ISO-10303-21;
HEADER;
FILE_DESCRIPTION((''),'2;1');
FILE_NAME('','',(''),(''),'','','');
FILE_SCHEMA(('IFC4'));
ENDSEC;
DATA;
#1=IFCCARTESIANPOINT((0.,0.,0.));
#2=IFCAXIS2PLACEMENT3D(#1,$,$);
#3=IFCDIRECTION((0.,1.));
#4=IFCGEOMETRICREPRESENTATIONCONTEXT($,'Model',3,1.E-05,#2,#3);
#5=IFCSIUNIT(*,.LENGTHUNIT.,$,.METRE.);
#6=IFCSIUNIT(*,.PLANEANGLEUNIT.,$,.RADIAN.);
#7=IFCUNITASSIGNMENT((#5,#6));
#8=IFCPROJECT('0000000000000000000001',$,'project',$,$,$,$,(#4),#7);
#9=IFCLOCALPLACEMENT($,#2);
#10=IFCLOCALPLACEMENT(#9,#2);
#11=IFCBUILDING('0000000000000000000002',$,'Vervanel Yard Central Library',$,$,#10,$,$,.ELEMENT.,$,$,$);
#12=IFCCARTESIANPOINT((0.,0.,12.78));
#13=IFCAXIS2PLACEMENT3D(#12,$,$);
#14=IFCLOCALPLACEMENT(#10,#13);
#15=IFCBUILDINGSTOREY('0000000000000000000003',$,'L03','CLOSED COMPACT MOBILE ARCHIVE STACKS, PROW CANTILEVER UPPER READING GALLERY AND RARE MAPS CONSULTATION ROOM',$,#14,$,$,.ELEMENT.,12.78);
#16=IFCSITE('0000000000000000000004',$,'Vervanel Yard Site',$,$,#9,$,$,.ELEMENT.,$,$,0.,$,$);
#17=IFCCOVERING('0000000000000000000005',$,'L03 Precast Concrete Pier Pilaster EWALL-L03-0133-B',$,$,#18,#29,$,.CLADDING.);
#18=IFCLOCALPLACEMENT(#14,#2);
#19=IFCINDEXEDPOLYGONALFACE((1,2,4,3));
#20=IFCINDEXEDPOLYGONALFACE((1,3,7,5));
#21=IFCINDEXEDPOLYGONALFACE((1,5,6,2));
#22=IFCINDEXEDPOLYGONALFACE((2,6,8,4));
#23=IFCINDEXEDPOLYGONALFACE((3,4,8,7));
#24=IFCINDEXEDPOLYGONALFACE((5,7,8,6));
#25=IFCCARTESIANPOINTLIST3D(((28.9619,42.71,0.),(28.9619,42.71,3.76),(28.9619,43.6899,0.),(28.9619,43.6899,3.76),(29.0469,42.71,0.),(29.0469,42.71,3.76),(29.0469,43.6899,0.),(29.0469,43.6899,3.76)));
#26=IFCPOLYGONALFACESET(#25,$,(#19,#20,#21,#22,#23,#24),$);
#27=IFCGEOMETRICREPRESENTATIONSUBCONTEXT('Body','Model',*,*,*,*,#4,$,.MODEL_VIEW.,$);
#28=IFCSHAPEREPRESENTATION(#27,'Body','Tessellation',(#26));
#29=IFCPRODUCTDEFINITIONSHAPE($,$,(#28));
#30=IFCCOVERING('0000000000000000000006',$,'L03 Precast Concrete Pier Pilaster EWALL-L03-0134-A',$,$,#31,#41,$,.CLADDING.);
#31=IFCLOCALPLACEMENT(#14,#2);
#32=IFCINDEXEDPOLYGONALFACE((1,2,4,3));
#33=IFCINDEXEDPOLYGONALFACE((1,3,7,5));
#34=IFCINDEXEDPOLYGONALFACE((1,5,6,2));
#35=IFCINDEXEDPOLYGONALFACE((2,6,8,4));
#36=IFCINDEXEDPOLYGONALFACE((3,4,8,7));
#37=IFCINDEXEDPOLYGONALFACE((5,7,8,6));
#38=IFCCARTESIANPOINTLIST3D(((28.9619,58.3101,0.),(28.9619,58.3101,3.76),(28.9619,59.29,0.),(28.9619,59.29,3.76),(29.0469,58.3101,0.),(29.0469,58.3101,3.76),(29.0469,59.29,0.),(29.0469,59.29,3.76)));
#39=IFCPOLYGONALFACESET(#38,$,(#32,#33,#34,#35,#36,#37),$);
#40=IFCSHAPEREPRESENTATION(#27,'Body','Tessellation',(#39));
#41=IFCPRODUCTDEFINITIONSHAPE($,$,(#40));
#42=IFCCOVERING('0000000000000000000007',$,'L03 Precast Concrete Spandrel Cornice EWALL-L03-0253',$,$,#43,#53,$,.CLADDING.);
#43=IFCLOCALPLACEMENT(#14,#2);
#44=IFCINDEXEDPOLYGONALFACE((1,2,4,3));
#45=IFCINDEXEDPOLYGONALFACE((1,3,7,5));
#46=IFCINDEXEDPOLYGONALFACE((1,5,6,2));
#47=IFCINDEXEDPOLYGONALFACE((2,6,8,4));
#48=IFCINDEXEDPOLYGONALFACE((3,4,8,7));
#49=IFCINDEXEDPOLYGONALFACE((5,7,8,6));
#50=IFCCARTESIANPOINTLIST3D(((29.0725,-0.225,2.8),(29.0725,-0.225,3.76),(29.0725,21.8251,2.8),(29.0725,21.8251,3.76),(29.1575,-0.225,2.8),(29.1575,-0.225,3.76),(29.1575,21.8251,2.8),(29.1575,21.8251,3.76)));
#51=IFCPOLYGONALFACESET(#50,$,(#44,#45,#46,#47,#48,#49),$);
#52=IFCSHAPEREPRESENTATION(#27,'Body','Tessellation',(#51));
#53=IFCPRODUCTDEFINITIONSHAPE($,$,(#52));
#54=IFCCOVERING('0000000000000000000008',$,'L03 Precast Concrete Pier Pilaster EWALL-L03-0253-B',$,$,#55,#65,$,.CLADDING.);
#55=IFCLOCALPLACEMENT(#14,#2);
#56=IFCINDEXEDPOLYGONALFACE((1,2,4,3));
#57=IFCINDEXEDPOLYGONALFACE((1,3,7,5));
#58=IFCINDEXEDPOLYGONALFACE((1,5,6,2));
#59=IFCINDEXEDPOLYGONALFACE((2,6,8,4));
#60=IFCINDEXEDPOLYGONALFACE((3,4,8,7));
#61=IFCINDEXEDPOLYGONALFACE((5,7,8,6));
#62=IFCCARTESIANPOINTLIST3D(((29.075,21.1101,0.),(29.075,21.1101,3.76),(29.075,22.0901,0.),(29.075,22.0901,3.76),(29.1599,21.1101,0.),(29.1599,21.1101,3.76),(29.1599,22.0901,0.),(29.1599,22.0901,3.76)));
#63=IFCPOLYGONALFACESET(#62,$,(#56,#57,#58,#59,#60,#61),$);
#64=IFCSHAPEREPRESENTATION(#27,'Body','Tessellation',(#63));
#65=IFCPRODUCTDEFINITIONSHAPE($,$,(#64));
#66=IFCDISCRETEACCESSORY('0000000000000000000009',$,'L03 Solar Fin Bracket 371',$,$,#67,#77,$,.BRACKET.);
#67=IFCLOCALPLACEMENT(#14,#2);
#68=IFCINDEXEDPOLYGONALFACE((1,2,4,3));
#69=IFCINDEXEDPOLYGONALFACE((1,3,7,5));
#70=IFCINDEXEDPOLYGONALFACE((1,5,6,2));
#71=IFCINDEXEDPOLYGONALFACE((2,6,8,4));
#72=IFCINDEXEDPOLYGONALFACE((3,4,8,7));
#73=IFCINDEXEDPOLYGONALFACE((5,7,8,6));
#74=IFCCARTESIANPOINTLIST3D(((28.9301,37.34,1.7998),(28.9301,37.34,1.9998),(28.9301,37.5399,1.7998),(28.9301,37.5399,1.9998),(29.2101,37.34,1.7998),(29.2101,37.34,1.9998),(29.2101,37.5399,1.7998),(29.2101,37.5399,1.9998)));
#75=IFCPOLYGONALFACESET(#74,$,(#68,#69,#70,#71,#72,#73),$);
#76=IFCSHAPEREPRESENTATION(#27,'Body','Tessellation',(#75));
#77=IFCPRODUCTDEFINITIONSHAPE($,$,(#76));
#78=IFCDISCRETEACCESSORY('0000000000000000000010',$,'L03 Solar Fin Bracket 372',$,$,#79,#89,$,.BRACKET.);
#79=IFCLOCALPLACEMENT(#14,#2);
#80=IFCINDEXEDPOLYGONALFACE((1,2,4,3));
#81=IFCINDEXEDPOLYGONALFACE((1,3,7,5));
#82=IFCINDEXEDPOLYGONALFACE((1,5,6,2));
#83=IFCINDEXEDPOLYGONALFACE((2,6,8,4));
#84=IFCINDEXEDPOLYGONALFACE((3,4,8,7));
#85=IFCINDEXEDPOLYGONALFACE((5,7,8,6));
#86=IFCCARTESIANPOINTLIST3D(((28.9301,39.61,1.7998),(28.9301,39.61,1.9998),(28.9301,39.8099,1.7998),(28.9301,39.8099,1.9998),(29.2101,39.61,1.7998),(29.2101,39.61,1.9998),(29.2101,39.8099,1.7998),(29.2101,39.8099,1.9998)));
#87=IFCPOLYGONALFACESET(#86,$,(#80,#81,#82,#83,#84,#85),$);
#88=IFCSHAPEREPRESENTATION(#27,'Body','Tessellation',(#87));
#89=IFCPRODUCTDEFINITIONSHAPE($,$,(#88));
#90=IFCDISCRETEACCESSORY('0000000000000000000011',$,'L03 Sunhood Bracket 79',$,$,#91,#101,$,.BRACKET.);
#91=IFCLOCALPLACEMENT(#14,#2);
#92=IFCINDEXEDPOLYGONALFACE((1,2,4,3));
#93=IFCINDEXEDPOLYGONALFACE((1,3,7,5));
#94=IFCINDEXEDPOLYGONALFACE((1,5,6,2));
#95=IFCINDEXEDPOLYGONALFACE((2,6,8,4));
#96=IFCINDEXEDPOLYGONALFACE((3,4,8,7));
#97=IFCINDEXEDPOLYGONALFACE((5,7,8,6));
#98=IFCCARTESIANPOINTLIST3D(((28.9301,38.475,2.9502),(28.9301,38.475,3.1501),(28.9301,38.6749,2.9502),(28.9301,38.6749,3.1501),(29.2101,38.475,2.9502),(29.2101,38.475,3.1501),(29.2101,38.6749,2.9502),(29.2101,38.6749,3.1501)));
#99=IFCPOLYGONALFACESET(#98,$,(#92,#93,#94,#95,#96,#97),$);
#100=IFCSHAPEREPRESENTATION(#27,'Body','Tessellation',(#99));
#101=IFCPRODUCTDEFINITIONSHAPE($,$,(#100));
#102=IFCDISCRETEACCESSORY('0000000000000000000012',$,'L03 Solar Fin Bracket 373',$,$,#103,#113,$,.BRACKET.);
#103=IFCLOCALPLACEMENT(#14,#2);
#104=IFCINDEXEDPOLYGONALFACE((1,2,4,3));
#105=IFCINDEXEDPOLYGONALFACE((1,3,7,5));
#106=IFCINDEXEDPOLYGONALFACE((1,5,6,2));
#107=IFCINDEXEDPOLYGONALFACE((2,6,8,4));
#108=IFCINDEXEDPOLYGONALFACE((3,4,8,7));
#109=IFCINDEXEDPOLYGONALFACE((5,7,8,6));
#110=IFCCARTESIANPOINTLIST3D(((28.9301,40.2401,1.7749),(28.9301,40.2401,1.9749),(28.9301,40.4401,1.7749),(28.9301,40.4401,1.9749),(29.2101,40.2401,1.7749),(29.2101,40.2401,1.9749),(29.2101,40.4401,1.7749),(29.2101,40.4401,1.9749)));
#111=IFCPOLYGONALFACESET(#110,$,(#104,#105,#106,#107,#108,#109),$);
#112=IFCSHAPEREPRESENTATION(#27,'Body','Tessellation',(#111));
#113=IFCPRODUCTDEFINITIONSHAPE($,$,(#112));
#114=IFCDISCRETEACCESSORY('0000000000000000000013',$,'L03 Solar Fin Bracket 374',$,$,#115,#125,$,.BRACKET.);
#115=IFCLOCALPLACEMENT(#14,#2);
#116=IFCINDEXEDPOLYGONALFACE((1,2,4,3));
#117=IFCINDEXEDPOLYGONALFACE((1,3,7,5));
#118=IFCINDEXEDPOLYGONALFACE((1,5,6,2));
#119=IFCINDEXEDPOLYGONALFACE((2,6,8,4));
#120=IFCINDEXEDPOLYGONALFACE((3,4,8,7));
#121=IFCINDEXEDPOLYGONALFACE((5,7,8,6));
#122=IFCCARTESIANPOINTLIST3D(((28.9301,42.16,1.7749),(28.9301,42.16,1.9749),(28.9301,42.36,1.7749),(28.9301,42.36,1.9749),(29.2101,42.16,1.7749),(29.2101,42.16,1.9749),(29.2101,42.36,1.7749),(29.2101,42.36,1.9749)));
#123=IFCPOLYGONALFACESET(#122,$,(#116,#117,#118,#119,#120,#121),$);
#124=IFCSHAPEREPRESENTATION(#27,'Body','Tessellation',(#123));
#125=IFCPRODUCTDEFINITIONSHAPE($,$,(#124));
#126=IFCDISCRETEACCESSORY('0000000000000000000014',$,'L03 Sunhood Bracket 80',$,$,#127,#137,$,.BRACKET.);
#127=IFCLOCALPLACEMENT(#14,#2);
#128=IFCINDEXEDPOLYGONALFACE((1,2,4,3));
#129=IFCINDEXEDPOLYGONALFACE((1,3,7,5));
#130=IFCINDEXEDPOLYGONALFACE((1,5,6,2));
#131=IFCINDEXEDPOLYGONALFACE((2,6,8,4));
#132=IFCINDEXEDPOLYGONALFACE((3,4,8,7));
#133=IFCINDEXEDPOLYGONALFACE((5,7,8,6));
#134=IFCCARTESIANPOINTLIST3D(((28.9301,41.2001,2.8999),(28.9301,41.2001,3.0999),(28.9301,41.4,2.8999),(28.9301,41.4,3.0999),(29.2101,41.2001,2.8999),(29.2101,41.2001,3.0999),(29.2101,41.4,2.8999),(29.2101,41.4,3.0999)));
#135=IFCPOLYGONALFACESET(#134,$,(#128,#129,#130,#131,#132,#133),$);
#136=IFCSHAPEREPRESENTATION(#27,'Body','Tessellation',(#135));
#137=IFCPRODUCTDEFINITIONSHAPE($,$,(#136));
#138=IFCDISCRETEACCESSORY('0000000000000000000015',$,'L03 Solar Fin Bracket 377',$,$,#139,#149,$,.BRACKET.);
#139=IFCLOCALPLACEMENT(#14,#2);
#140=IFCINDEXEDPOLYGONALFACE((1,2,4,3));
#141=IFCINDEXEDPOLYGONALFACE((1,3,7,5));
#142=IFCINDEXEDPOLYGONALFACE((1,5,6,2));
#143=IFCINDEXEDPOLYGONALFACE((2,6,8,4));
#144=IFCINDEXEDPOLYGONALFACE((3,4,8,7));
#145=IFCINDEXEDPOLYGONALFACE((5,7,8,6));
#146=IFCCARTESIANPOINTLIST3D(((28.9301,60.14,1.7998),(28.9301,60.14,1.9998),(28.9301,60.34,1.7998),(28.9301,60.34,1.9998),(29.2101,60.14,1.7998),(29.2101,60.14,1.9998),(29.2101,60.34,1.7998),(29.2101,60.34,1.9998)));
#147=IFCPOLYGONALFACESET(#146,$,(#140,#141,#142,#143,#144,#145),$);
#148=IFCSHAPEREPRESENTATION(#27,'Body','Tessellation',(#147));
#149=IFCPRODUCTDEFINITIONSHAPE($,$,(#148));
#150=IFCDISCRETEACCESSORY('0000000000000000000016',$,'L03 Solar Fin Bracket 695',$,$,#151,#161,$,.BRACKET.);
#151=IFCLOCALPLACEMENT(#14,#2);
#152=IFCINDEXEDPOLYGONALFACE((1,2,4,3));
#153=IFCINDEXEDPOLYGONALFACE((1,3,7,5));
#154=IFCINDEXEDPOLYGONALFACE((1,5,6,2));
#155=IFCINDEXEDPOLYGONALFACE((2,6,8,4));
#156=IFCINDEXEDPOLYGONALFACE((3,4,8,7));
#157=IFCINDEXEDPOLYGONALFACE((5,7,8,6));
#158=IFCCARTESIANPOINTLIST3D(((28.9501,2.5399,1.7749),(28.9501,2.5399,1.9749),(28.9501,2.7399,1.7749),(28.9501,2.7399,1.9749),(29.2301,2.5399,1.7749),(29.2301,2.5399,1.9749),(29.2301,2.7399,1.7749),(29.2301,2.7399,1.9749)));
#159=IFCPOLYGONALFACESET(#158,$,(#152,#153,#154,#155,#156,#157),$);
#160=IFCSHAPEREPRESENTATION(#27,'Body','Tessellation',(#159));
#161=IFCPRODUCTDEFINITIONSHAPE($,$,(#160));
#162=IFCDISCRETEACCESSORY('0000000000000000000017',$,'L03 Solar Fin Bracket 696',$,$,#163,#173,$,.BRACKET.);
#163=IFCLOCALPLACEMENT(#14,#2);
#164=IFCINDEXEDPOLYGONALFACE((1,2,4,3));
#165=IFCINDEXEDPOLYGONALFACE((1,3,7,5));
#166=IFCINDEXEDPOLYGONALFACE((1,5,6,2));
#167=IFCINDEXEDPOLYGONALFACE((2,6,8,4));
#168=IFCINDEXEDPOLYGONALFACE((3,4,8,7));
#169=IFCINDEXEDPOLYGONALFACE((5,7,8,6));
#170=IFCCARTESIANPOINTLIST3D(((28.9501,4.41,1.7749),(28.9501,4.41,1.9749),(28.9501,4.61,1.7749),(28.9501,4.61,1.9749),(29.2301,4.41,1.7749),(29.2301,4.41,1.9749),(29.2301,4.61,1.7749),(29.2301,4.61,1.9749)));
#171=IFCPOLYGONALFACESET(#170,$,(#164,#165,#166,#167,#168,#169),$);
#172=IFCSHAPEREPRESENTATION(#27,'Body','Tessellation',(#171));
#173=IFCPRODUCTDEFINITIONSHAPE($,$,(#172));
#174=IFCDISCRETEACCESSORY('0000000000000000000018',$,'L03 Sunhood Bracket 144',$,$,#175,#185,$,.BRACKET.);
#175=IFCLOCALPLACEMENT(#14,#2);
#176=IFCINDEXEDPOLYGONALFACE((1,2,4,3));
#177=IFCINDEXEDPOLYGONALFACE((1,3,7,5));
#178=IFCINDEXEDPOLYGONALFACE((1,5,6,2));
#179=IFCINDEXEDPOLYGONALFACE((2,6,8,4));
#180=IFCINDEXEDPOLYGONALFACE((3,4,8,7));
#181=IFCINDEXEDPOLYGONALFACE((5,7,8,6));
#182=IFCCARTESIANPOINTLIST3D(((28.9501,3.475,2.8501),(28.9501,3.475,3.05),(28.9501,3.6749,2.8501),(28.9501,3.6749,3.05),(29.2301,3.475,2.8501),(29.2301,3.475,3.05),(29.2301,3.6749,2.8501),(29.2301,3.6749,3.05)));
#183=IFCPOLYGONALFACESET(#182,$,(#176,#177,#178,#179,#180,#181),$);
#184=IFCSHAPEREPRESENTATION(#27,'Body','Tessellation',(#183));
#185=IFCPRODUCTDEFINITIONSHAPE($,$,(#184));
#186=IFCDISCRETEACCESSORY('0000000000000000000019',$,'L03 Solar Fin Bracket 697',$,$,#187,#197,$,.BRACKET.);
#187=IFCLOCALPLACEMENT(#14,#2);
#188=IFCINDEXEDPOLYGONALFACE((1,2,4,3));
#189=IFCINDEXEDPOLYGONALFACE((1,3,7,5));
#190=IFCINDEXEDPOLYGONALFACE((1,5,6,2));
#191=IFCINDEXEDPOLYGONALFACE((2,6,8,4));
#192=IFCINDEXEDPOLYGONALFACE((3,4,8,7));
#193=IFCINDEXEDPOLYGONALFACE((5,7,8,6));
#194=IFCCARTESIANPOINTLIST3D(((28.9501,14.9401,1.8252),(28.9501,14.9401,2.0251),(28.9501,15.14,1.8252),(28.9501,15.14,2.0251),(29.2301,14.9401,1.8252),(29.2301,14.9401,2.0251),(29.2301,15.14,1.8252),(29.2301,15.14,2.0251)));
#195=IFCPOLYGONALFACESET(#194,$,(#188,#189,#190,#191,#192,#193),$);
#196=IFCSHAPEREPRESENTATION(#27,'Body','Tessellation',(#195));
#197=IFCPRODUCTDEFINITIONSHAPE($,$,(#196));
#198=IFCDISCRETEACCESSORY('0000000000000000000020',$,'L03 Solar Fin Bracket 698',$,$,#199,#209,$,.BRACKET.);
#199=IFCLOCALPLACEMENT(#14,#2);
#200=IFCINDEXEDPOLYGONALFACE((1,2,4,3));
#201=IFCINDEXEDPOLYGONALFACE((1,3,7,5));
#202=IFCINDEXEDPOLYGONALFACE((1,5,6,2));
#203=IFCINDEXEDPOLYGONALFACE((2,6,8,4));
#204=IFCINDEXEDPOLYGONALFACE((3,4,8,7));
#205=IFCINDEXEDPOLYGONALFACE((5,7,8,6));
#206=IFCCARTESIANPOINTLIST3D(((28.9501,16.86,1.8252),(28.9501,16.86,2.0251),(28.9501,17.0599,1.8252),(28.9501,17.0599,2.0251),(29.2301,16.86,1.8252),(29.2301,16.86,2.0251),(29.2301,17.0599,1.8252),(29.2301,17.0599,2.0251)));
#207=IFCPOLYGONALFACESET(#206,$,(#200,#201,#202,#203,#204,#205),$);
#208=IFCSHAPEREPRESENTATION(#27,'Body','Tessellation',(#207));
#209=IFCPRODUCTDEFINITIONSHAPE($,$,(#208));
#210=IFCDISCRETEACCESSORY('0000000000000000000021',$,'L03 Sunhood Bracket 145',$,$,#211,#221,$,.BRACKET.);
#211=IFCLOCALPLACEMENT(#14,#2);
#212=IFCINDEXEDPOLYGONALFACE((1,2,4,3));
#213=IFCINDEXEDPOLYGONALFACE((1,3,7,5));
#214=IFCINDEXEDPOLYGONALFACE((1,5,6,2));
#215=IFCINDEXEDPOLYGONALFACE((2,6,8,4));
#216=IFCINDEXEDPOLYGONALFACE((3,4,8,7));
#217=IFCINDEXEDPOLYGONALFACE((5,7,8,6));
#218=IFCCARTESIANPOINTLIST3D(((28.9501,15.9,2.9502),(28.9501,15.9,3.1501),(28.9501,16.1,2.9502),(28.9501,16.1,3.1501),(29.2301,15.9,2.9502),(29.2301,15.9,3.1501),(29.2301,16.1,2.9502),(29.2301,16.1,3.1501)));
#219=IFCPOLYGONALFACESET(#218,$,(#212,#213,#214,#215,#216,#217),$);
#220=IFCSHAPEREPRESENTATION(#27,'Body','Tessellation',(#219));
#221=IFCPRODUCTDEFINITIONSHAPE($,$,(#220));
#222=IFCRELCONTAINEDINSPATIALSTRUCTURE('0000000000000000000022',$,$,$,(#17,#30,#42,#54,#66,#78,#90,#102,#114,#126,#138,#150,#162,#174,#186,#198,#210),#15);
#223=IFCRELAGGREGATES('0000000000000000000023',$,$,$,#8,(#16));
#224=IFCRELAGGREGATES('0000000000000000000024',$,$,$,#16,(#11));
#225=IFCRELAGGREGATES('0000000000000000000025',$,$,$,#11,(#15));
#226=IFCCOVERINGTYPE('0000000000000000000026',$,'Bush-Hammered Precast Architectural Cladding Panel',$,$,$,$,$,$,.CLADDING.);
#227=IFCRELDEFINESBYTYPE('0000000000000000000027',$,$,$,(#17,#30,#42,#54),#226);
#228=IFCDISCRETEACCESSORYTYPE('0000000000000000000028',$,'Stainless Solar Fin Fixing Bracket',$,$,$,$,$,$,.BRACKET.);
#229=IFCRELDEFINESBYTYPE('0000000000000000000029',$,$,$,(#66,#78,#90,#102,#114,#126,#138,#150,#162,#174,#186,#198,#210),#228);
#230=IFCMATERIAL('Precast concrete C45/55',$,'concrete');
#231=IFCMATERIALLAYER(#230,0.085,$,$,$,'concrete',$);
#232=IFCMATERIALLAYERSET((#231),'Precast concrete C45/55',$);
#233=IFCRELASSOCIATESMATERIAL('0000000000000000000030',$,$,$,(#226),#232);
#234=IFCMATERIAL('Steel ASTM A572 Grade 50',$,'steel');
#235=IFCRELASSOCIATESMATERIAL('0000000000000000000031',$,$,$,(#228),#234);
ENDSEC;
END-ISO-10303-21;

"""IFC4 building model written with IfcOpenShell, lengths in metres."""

from ifc_helpers import new_model, si_unit, direction, frame, origin, origin_2d, place, context, subcontext, project, spatial, rectangle, extrude, material, layer, layer_set, type_object, element, save


model = new_model("IFC4")

# Units and contexts
model_context = context("Model", 3, precision=1e-05, world=origin(), true_north=direction((0.0, 1.0)))
body_context = subcontext(model_context, "Body", "Model", "MODEL_VIEW")
ifc_project = project(units=[si_unit("LENGTHUNIT", "METRE"), si_unit("PLANEANGLEUNIT", "RADIAN")], contexts=[model_context])

# Site, building, storey
site_placement = place(None, origin())
site = spatial("IfcSite", under=ifc_project, at=site_placement, Name="Vervanel Yard Site", CompositionType="ELEMENT", RefElevation=0.0)
building_placement = place(site_placement, origin())
building = spatial("IfcBuilding", under=site, at=building_placement, Name="Vervanel Yard Central Library", CompositionType="ELEMENT")
storey_placement = place(building_placement, frame((0.0, 0.0, 12.78)))
storey = spatial("IfcBuildingStorey", under=building, at=storey_placement, Name="L03", Description="CLOSED COMPACT MOBILE ARCHIVE STACKS, PROW CANTILEVER UPPER READING GALLERY AND RARE MAPS CONSULTATION ROOM", CompositionType="ELEMENT", Elevation=12.78)

# Coverings
ifc_material_1 = material(Name="Precast concrete C45/55", Category="concrete")
ifc_layer_1 = layer(ifc_material_1, 0.085, Category="concrete")
ifc_layer_set_1 = layer_set([ifc_layer_1], Name="Precast concrete C45/55")
covering_type = type_object("IfcCoveringType", Name="Bush-Hammered Precast Architectural Cladding Panel", PredefinedType="CLADDING", material=ifc_layer_set_1)
for number, where, z_axis, x_axis, name in (
    (1, (29.0044, 43.2, 0.0), (0.0, 0.0, 1.0), (0.0, 1.0, 0.0), "L03 Precast Concrete Pier Pilaster EWALL-L03-0133-B"),
    (2, (29.0044, 58.8, 0.0), (0.0, 0.0, 1.0), (0.0, 1.0, 0.0), "L03 Precast Concrete Pier Pilaster EWALL-L03-0134-A"),
):
    element("IfcCovering", number, at=place(storey_placement, frame(where, z_axis=z_axis, x_axis=x_axis)), inside=storey, type_object=covering_type, Name=name, PredefinedType="CLADDING", context=body_context, shape_type="SweptSolid", body=[
        extrude(rectangle(XDim=0.98, YDim=0.085, at=origin_2d()), origin(), (0.0, 0.0, 1.0), 3.76),
    ])
covering_1_placement = place(storey_placement, frame((29.115, 10.8, 2.8), z_axis=(0.0, 0.0, 1.0), x_axis=(0.0, 1.0, 0.0)))
element("IfcCovering", 3, at=covering_1_placement, inside=storey, type_object=covering_type, Name="L03 Precast Concrete Spandrel Cornice EWALL-L03-0253", PredefinedType="CLADDING", context=body_context, shape_type="SweptSolid", body=[
    extrude(rectangle(XDim=22.05, YDim=0.085, at=origin_2d()), origin(), (0.0, 0.0, 1.0), 0.96),
])
covering_2_placement = place(storey_placement, frame((29.1174, 21.6001, 0.0), z_axis=(0.0, 0.0, 1.0), x_axis=(0.0, 1.0, 0.0)))
element("IfcCovering", 4, at=covering_2_placement, inside=storey, type_object=covering_type, Name="L03 Precast Concrete Pier Pilaster EWALL-L03-0253-B", PredefinedType="CLADDING", context=body_context, shape_type="SweptSolid", body=[
    extrude(rectangle(XDim=0.98, YDim=0.085, at=origin_2d()), origin(), (0.0, 0.0, 1.0), 3.76),
])

# Discrete accessories
ifc_material_2 = material(Name="Steel ASTM A572 Grade 50", Category="steel")
discrete_accessory_type = type_object("IfcDiscreteAccessoryType", Name="Stainless Solar Fin Fixing Bracket", PredefinedType="BRACKET", material=ifc_material_2)
for number, where, z_axis, x_axis, name in (
    (5, (29.0701, 37.4399, 1.7998), (0.0, 0.0, 1.0), (0.0, 1.0, 0.0), "L03 Solar Fin Bracket 371"),
    (6, (29.0701, 39.71, 1.7998), (0.0, 0.0, 1.0), (0.0, 1.0, 0.0), "L03 Solar Fin Bracket 372"),
    (7, (29.0701, 38.575, 2.9502), (0.0, 0.0, 1.0), (0.0, 1.0, 0.0), "L03 Sunhood Bracket 79"),
    (8, (29.0701, 40.3401, 1.7749), (0.0, 0.0, 1.0), (0.0, 1.0, 0.0), "L03 Solar Fin Bracket 373"),
    (9, (29.0701, 42.26, 1.7749), (0.0, 0.0, 1.0), (0.0, 1.0, 0.0), "L03 Solar Fin Bracket 374"),
    (10, (29.0701, 41.3, 2.8999), (0.0, 0.0, 1.0), (0.0, 1.0, 0.0), "L03 Sunhood Bracket 80"),
    (11, (29.0701, 60.24, 1.7998), (0.0, 0.0, 1.0), (0.0, 1.0, 0.0), "L03 Solar Fin Bracket 377"),
    (12, (29.0901, 2.6399, 1.7749), (0.0, 0.0, 1.0), (0.0, 1.0, 0.0), "L03 Solar Fin Bracket 695"),
    (13, (29.0901, 4.51, 1.7749), (0.0, 0.0, 1.0), (0.0, 1.0, 0.0), "L03 Solar Fin Bracket 696"),
    (14, (29.0901, 3.575, 2.8501), (0.0, 0.0, 1.0), (0.0, 1.0, 0.0), "L03 Sunhood Bracket 144"),
    (15, (29.0901, 15.04, 1.8252), (0.0, 0.0, 1.0), (0.0, 1.0, 0.0), "L03 Solar Fin Bracket 697"),
    (16, (29.0901, 16.96, 1.8252), (0.0, 0.0, 1.0), (0.0, 1.0, 0.0), "L03 Solar Fin Bracket 698"),
    (17, (29.0901, 16.0, 2.9502), (0.0, 0.0, 1.0), (0.0, 1.0, 0.0), "L03 Sunhood Bracket 145"),
):
    element("IfcDiscreteAccessory", number, at=place(storey_placement, frame(where, z_axis=z_axis, x_axis=x_axis)), inside=storey, type_object=discrete_accessory_type, Name=name, PredefinedType="BRACKET", context=body_context, shape_type="SweptSolid", body=[
        extrude(rectangle(XDim=0.2, YDim=0.28, at=origin_2d()), origin(), (0.0, 0.0, 1.0), 0.2),
    ])

save(model, "model.ifc")
